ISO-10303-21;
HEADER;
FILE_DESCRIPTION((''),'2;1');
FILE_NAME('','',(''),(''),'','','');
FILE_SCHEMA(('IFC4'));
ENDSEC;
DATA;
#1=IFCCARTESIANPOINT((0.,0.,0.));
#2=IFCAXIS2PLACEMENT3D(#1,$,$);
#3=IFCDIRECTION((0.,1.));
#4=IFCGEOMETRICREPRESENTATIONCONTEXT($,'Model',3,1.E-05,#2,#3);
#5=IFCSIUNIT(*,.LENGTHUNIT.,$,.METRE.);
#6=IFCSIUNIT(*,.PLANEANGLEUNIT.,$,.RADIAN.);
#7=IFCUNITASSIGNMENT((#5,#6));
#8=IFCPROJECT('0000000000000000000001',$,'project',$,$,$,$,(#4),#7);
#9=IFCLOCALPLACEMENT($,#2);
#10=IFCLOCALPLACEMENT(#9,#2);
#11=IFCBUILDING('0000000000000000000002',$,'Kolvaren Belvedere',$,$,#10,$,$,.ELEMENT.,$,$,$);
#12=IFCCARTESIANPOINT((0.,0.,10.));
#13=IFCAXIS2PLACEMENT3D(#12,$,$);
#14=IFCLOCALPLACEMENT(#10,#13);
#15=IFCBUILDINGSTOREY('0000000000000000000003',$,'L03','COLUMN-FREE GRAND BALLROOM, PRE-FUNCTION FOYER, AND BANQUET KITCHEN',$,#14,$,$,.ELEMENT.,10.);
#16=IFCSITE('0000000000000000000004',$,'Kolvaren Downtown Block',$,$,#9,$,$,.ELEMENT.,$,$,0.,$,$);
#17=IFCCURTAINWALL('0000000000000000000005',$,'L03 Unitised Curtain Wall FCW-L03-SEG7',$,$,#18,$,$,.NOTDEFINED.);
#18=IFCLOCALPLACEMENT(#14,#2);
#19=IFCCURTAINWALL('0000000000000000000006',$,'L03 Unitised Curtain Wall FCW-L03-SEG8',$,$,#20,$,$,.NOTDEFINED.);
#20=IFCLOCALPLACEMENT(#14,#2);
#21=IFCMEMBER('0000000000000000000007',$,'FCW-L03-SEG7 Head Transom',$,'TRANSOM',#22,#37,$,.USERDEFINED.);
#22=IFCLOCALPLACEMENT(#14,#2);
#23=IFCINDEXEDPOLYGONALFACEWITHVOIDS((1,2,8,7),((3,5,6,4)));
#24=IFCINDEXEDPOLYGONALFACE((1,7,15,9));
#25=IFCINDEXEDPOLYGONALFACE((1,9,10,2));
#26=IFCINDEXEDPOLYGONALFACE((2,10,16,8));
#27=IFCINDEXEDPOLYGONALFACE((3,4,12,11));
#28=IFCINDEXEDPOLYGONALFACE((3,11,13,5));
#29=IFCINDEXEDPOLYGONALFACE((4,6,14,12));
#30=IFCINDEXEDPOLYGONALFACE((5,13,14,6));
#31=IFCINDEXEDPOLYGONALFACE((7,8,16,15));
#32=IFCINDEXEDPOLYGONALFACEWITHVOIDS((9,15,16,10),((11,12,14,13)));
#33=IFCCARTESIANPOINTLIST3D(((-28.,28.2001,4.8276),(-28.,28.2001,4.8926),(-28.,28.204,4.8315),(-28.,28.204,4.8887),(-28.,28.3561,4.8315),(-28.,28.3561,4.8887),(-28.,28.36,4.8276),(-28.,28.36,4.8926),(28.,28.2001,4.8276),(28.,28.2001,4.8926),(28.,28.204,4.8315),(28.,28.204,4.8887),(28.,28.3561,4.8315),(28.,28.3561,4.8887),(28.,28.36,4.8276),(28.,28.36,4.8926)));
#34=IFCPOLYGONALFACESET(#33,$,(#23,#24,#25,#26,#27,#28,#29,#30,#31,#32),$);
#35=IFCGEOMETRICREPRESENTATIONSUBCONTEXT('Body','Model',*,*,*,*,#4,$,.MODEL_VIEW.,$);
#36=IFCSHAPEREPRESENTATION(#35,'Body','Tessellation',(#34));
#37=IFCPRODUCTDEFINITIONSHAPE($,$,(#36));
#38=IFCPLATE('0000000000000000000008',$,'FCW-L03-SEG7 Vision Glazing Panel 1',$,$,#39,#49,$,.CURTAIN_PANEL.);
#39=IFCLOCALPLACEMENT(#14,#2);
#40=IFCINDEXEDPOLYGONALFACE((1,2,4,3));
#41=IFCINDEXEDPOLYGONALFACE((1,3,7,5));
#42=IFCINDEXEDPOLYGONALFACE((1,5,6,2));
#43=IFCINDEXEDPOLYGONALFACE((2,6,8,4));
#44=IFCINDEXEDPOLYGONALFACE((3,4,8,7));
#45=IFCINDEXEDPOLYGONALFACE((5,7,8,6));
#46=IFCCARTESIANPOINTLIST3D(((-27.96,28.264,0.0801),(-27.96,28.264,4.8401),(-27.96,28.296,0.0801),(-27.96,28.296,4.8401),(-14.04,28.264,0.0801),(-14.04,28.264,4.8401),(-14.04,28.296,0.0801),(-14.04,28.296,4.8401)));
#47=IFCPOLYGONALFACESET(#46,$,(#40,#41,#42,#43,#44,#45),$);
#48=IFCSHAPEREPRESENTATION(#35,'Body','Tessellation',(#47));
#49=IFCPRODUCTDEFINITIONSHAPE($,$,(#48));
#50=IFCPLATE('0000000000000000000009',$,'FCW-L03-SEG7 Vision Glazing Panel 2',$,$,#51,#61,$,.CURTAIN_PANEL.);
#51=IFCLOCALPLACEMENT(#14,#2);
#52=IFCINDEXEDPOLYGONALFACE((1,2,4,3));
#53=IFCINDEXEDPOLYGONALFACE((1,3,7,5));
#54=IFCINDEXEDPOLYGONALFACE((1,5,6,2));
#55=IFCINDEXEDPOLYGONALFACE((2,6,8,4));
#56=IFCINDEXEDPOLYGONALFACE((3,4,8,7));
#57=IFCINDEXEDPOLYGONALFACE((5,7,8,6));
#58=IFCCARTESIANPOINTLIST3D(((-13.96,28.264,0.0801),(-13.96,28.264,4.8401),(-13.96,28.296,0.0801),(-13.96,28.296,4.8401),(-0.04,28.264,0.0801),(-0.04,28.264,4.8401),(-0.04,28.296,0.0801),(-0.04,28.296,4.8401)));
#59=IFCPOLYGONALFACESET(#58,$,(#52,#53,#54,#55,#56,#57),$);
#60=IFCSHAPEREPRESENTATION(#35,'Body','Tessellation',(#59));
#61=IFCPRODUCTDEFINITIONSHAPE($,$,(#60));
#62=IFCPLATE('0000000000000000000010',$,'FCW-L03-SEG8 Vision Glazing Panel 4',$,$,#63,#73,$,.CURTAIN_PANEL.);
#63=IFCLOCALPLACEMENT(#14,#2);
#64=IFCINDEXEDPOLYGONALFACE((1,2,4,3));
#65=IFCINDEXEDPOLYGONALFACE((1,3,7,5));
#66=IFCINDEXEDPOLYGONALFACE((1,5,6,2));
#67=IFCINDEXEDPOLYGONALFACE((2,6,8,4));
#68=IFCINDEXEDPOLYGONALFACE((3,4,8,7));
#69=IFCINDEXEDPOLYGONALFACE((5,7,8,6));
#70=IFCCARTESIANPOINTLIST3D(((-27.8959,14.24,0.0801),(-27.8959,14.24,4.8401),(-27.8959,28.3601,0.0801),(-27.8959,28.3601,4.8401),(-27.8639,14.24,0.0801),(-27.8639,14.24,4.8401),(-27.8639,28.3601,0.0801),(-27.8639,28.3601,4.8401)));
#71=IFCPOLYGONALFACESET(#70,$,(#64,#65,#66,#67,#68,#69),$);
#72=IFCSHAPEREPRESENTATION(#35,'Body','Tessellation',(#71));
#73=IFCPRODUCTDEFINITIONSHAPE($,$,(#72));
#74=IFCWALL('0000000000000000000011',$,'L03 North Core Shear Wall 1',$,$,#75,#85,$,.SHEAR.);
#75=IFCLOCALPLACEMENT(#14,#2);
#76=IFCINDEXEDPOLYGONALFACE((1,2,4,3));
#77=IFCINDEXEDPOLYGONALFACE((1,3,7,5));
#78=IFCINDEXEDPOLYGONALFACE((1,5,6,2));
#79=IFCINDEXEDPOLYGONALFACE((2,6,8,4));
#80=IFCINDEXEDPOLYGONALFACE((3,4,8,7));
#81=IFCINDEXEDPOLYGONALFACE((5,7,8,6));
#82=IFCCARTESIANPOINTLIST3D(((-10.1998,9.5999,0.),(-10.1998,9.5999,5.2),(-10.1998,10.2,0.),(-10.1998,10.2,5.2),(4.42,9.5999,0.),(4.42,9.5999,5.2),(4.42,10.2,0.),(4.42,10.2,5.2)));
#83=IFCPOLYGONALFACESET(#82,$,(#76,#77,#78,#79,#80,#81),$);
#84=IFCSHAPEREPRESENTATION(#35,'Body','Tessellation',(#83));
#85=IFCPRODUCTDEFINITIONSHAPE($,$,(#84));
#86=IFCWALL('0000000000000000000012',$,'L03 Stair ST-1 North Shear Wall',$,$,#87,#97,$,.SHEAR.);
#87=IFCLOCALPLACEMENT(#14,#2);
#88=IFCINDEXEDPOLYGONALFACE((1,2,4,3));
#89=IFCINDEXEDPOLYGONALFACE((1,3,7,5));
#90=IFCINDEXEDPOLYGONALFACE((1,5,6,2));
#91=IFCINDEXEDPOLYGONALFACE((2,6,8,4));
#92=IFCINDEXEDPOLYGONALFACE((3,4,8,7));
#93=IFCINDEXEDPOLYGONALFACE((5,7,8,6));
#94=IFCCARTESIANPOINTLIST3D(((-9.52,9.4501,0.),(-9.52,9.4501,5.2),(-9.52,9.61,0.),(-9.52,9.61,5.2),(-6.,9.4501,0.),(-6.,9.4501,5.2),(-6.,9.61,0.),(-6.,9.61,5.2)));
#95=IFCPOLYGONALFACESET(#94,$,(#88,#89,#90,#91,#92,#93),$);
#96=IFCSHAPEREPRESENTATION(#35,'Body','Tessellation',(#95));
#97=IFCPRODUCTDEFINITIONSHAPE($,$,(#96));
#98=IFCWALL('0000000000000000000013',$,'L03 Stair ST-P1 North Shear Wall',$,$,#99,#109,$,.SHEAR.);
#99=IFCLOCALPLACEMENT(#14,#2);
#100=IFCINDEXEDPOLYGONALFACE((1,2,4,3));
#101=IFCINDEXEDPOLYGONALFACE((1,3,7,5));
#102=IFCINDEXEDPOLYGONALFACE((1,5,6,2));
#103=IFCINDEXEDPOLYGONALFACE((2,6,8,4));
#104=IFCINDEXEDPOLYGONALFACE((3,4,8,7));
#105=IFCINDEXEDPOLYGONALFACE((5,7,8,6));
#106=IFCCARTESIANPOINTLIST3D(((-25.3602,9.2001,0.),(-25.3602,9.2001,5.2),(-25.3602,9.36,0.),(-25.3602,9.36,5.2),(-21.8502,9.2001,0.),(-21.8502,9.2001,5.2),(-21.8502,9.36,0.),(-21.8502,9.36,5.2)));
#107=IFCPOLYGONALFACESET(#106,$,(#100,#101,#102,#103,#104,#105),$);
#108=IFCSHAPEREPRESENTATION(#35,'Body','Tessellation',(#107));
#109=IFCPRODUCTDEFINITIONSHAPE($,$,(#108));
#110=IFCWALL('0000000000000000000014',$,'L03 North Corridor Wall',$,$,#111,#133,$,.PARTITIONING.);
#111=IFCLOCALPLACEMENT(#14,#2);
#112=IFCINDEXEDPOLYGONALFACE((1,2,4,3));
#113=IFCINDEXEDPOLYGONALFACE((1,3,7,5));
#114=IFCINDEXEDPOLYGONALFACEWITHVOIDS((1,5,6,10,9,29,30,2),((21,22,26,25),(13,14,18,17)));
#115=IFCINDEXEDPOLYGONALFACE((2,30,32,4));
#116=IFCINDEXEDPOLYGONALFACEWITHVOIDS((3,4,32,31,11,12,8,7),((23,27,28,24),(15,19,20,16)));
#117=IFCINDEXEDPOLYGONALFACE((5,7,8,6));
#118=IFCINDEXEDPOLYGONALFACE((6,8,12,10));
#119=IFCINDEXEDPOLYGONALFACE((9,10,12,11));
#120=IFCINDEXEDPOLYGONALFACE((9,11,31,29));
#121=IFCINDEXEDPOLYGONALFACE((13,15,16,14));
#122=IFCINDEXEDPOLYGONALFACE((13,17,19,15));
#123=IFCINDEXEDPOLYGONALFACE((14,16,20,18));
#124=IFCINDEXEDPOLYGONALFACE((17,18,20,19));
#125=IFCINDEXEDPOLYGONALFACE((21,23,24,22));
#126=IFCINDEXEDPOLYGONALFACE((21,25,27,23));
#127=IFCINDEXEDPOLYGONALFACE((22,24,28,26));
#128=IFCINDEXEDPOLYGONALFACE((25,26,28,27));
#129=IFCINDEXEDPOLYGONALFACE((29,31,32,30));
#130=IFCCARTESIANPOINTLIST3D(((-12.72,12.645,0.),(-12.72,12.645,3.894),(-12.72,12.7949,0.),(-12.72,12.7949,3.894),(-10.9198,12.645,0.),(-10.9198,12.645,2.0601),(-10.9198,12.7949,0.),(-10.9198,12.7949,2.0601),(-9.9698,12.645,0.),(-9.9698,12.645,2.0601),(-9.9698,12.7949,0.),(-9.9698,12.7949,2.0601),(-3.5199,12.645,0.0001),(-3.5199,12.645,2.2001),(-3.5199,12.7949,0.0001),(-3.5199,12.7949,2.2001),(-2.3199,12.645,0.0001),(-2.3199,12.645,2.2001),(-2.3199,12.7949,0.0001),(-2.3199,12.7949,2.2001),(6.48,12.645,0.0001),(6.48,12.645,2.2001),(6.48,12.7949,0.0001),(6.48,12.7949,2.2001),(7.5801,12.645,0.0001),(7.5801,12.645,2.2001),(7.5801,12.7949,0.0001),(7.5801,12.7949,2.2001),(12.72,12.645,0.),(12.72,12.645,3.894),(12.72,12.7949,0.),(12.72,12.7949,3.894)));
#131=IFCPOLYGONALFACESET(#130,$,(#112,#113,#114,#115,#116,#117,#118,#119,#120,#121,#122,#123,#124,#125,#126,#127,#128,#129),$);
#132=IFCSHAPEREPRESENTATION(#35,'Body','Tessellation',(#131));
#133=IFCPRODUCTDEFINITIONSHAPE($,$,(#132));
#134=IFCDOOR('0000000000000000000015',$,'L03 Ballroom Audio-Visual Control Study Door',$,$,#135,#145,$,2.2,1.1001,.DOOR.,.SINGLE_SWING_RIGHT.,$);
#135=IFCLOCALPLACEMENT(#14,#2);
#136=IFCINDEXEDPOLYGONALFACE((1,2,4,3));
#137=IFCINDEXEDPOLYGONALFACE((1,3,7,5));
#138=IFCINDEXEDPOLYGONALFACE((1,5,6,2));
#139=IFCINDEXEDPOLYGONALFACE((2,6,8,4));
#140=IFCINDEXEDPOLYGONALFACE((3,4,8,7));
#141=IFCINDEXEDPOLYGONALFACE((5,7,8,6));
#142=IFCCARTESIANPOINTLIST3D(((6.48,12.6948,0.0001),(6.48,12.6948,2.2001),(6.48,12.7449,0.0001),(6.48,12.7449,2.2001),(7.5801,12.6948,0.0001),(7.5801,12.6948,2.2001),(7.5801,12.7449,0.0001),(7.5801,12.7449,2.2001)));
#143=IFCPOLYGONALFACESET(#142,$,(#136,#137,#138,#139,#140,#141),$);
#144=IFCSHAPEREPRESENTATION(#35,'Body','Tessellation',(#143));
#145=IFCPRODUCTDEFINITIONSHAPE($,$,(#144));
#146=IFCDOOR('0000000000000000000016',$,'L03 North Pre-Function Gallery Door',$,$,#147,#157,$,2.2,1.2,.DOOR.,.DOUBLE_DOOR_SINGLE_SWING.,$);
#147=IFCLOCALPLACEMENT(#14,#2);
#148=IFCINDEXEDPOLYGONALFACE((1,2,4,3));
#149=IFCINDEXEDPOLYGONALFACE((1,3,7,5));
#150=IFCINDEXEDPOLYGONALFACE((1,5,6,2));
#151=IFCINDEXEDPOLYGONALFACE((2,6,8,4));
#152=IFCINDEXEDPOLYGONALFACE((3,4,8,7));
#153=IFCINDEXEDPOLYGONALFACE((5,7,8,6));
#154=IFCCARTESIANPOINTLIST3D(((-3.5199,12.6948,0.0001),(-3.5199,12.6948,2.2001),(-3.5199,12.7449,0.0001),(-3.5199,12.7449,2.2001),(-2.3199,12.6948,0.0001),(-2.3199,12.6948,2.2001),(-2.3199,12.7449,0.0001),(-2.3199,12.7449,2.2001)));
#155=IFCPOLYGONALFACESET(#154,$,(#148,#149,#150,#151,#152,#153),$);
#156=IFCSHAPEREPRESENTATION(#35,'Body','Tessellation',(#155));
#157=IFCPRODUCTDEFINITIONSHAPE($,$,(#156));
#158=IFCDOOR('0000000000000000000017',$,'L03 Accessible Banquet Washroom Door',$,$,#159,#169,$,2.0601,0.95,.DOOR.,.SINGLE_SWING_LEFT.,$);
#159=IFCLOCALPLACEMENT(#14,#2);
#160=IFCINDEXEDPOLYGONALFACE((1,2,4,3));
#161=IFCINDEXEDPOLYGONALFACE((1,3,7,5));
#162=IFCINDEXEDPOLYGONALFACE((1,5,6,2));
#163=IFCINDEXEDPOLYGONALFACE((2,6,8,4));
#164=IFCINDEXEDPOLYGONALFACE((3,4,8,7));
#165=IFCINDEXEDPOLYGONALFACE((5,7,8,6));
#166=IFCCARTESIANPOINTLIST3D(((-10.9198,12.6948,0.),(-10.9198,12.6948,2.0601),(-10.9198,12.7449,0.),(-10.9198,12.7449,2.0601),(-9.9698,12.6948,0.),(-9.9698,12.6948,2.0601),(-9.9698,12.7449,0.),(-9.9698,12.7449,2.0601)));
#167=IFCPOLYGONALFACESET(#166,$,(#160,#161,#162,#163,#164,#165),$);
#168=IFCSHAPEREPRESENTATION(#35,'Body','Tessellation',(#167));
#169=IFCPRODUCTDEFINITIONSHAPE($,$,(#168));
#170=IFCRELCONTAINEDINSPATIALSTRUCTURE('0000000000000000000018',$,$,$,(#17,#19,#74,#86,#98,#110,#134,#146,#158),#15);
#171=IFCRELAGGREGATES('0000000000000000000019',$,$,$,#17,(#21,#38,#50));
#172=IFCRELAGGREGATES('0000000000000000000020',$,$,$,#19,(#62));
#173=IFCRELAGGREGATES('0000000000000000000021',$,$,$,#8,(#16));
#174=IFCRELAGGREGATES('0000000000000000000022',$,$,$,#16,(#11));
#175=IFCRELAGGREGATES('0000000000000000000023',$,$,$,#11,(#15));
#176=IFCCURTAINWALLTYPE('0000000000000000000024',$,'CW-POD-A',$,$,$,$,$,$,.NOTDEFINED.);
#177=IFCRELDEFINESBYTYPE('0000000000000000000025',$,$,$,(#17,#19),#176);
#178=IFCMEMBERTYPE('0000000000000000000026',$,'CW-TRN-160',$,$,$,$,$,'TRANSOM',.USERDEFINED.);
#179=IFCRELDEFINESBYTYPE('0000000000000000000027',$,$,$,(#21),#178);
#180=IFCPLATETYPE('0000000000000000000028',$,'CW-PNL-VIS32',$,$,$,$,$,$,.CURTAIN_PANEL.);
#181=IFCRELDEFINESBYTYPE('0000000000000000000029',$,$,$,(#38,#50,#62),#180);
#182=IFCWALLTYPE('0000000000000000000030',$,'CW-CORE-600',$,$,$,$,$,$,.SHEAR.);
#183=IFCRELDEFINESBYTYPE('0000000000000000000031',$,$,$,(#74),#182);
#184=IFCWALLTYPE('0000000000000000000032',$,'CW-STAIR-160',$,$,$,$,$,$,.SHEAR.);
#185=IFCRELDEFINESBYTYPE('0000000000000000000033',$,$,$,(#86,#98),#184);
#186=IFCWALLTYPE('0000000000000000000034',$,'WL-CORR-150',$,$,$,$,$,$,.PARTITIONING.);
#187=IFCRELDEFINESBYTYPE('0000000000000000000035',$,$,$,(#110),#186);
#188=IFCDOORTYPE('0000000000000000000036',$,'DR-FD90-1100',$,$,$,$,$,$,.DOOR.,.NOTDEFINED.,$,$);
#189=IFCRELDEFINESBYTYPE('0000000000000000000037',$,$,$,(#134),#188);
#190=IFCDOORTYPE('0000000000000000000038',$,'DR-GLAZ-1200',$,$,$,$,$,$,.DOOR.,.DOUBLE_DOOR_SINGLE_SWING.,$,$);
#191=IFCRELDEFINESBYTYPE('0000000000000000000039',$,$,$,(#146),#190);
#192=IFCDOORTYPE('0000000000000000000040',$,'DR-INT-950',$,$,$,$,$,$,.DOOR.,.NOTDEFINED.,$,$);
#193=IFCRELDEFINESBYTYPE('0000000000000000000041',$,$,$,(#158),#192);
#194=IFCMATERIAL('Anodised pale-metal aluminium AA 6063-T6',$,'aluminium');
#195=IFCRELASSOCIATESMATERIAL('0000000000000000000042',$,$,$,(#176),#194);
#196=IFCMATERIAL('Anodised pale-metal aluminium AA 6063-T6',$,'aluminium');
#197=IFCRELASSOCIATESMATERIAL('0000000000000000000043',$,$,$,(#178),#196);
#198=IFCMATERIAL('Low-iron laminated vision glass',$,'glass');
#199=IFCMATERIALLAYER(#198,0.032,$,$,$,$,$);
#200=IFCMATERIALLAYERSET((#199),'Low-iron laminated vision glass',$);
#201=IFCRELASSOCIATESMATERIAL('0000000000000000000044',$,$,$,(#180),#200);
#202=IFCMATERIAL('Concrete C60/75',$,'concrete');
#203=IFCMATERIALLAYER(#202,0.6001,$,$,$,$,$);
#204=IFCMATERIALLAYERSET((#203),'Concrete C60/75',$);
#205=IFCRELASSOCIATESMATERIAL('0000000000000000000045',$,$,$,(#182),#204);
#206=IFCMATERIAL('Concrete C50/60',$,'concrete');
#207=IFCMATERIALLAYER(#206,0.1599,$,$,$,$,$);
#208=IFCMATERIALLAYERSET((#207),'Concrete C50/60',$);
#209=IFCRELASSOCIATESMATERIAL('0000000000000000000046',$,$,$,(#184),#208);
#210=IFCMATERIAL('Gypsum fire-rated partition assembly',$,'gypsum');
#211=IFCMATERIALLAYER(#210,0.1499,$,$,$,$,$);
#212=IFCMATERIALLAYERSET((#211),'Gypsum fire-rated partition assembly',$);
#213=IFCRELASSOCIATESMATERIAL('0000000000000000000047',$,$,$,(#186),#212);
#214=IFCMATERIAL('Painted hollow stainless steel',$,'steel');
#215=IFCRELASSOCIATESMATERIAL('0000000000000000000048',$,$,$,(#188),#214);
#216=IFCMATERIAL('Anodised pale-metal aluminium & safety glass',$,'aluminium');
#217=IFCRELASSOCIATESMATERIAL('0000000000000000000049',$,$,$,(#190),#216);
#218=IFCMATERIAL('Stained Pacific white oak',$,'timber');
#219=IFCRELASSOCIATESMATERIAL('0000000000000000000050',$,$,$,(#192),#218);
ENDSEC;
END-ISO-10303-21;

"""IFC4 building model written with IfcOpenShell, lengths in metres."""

from ifc_helpers import new_model, si_unit, direction, frame, frame_2d, origin, origin_2d, place, context, subcontext, project, spatial, rectangle, hollow_rectangle, extrude, material, layer, layer_set, material_profile, profile_set, type_object, element, fill, aggregate, save


model = new_model("IFC4")

# Units and contexts
model_context = context("Model", 3, precision=1e-05, world=origin(), true_north=direction((0.0, 1.0)))
body_context = subcontext(model_context, "Body", "Model", "MODEL_VIEW")
ifc_project = project(units=[si_unit("LENGTHUNIT", "METRE"), si_unit("PLANEANGLEUNIT", "RADIAN")], contexts=[model_context])

# Site, building, storey
site_placement = place(None, origin())
site = spatial("IfcSite", under=ifc_project, at=site_placement, Name="Kolvaren Downtown Block", CompositionType="ELEMENT", RefElevation=0.0)
building_placement = place(site_placement, origin())
building = spatial("IfcBuilding", under=site, at=building_placement, Name="Kolvaren Belvedere", CompositionType="ELEMENT")
storey_placement = place(building_placement, frame((0.0, 0.0, 10.0)))
storey = spatial("IfcBuildingStorey", under=building, at=storey_placement, Name="L03", Description="COLUMN-FREE GRAND BALLROOM, PRE-FUNCTION FOYER, AND BANQUET KITCHEN", CompositionType="ELEMENT", Elevation=10.0)

# Curtain walls
ifc_material_1 = material(Name="Anodised pale-metal aluminium AA 6063-T6", Category="aluminium")
curtain_wall_type = type_object("IfcCurtainWallType", Name="CW-POD-A", PredefinedType="NOTDEFINED", material=ifc_material_1)
curtain_wall_1_placement = place(storey_placement, origin())
curtain_wall_1 = element("IfcCurtainWall", 1, at=curtain_wall_1_placement, inside=storey, type_object=curtain_wall_type, Name="L03 Unitised Curtain Wall FCW-L03-SEG7", PredefinedType="NOTDEFINED")
curtain_wall_2_placement = place(storey_placement, origin())
curtain_wall_2 = element("IfcCurtainWall", 2, at=curtain_wall_2_placement, inside=storey, type_object=curtain_wall_type, Name="L03 Unitised Curtain Wall FCW-L03-SEG8", PredefinedType="NOTDEFINED")

# Member
ifc_material_2 = material(Name="Anodised pale-metal aluminium AA 6063-T6", Category="aluminium")
ifc_material_profile_1 = material_profile(ifc_material_2, hollow_rectangle(XDim=0.0649, YDim=0.1599, WallThickness=0.0039, at=origin_2d()), Name="ALU-TRN-160X65")
ifc_profile_set_1 = profile_set([ifc_material_profile_1], Name="Anodised pale-metal aluminium AA 6063-T6")
member_type_1 = type_object("IfcMemberType", Name="CW-TRN-160", ElementType="TRANSOM", PredefinedType="USERDEFINED", material=ifc_profile_set_1)
member_1_placement = place(storey_placement, frame((-28.0, 28.28, 4.8601), z_axis=(1.0, 0.0, 0.0), x_axis=(0.0, 0.0, 1.0)))
member_1 = element("IfcMember", 3, at=member_1_placement, type_object=member_type_1, Name="FCW-L03-SEG7 Head Transom", ObjectType="TRANSOM", PredefinedType="USERDEFINED", context=body_context, shape_type="SweptSolid", body=[
    extrude(hollow_rectangle(XDim=0.0649, YDim=0.1599, WallThickness=0.0039, at=origin_2d()), origin(), (0.0, 0.0, 1.0), 56.0),
])

# Plates
ifc_material_3 = material(Name="Low-iron laminated vision glass", Category="glass")
ifc_layer_1 = layer(ifc_material_3, 0.032)
ifc_layer_set_1 = layer_set([ifc_layer_1], Name="Low-iron laminated vision glass")
plate_type = type_object("IfcPlateType", Name="CW-PNL-VIS32", PredefinedType="CURTAIN_PANEL", material=ifc_layer_set_1)
plate_1_placement = place(storey_placement, frame((-21.0, 28.28, 0.0801), z_axis=(0.0, 0.0, 1.0), x_axis=(1.0, 0.0, 0.0)))
plate_1 = element("IfcPlate", 4, at=plate_1_placement, type_object=plate_type, Name="FCW-L03-SEG7 Vision Glazing Panel 1", PredefinedType="CURTAIN_PANEL", context=body_context, shape_type="SweptSolid", body=[
    extrude(rectangle(XDim=13.9199, YDim=0.032, at=origin_2d()), origin(), (0.0, 0.0, 1.0), 4.76),
])
plate_2_placement = place(storey_placement, frame((-7.0, 28.28, 0.0801), z_axis=(0.0, 0.0, 1.0), x_axis=(1.0, 0.0, 0.0)))
plate_2 = element("IfcPlate", 5, at=plate_2_placement, type_object=plate_type, Name="FCW-L03-SEG7 Vision Glazing Panel 2", PredefinedType="CURTAIN_PANEL", context=body_context, shape_type="SweptSolid", body=[
    extrude(rectangle(XDim=13.9199, YDim=0.032, at=origin_2d()), origin(), (0.0, 0.0, 1.0), 4.76),
])
aggregate(curtain_wall_1, [member_1, plate_1, plate_2])
plate_3_placement = place(storey_placement, frame((-27.8799, 21.3, 0.0801), z_axis=(0.0, 0.0, 1.0), x_axis=(0.0, 1.0, 0.0)))
plate_3 = element("IfcPlate", 6, at=plate_3_placement, type_object=plate_type, Name="FCW-L03-SEG8 Vision Glazing Panel 4", PredefinedType="CURTAIN_PANEL", context=body_context, shape_type="SweptSolid", body=[
    extrude(rectangle(XDim=14.1201, YDim=0.032, at=origin_2d()), origin(), (0.0, 0.0, 1.0), 4.76),
])
aggregate(curtain_wall_2, [plate_3])

# Walls
ifc_material_4 = material(Name="Concrete C60/75", Category="concrete")
ifc_layer_2 = layer(ifc_material_4, 0.6001)
ifc_layer_set_2 = layer_set([ifc_layer_2], Name="Concrete C60/75")
wall_type_1 = type_object("IfcWallType", Name="CW-CORE-600", PredefinedType="SHEAR", material=ifc_layer_set_2)
wall_1_placement = place(storey_placement, frame((-10.2, 9.8999, 0.0), z_axis=(0.0, 0.0, 1.0), x_axis=(1.0, 0.0, 0.0)))
element("IfcWall", 7, at=wall_1_placement, inside=storey, type_object=wall_type_1, Name="L03 North Core Shear Wall 1", PredefinedType="SHEAR", context=body_context, shape_type="SweptSolid", body=[
    extrude(rectangle(XDim=14.6199, YDim=0.6001, at=frame_2d((7.3101, 0.0))), origin(), (0.0, 0.0, 1.0), 5.2),
])
ifc_material_5 = material(Name="Concrete C50/60", Category="concrete")
ifc_layer_3 = layer(ifc_material_5, 0.1599)
ifc_layer_set_3 = layer_set([ifc_layer_3], Name="Concrete C50/60")
wall_type_2 = type_object("IfcWallType", Name="CW-STAIR-160", PredefinedType="SHEAR", material=ifc_layer_set_3)
wall_2_placement = place(storey_placement, frame((-9.52, 9.53, 0.0), z_axis=(0.0, 0.0, 1.0), x_axis=(1.0, 0.0, 0.0)))
element("IfcWall", 8, at=wall_2_placement, inside=storey, type_object=wall_type_2, Name="L03 Stair ST-1 North Shear Wall", PredefinedType="SHEAR", context=body_context, shape_type="SweptSolid", body=[
    extrude(rectangle(XDim=3.52, YDim=0.1599, at=frame_2d((1.76, 0.0))), origin(), (0.0, 0.0, 1.0), 5.2),
])
wall_3_placement = place(storey_placement, frame((-25.3601, 9.28, 0.0), z_axis=(0.0, 0.0, 1.0), x_axis=(1.0, 0.0, 0.0)))
element("IfcWall", 9, at=wall_3_placement, inside=storey, type_object=wall_type_2, Name="L03 Stair ST-P1 North Shear Wall", PredefinedType="SHEAR", context=body_context, shape_type="SweptSolid", body=[
    extrude(rectangle(XDim=3.51, YDim=0.1599, at=frame_2d((1.7549, 0.0))), origin(), (0.0, 0.0, 1.0), 5.2),
])

# Wall, openings, doors
ifc_material_6 = material(Name="Gypsum fire-rated partition assembly", Category="gypsum")
ifc_layer_4 = layer(ifc_material_6, 0.1499)
ifc_layer_set_4 = layer_set([ifc_layer_4], Name="Gypsum fire-rated partition assembly")
wall_type_3 = type_object("IfcWallType", Name="WL-CORR-150", PredefinedType="PARTITIONING", material=ifc_layer_set_4)
wall_4_placement = place(storey_placement, frame((-12.72, 12.72, 0.0), z_axis=(0.0, 0.0, 1.0), x_axis=(1.0, 0.0, 0.0)))
wall_4 = element("IfcWall", 10, at=wall_4_placement, inside=storey, type_object=wall_type_3, Name="L03 North Corridor Wall", PredefinedType="PARTITIONING", context=body_context, shape_type="SweptSolid", body=[
    extrude(rectangle(XDim=25.4399, YDim=0.1499, at=frame_2d((12.72, 0.0))), origin(), (0.0, 0.0, 1.0), 3.894),
])
opening_1_placement = place(wall_4_placement, frame((1.8, 0.0, 0.0)))
opening_1 = element("IfcOpeningElement", 11, at=opening_1_placement, cuts=wall_4, PredefinedType="OPENING", context=body_context, shape_type="SweptSolid", body=[
    extrude(rectangle(XDim=0.95, YDim=2.0601, at=frame_2d((0.4751, 1.03))), frame((0.0, 0.085, 0.0), z_axis=(0.0, -1.0, 0.0), x_axis=(1.0, 0.0, 0.0)), (0.0, 0.0, 1.0), 0.1699),
])
opening_2_placement = place(wall_4_placement, frame((9.2, 0.0, 0.0)))
opening_2 = element("IfcOpeningElement", 12, at=opening_2_placement, cuts=wall_4, PredefinedType="OPENING", context=body_context, shape_type="SweptSolid", body=[
    extrude(rectangle(XDim=1.2, YDim=2.2, at=frame_2d((0.6001, 1.1001))), frame((0.0, 0.085, 0.0), z_axis=(0.0, -1.0, 0.0), x_axis=(1.0, 0.0, 0.0)), (0.0, 0.0, 1.0), 0.1699),
])
opening_3_placement = place(wall_4_placement, frame((19.2, 0.0, 0.0)))
opening_3 = element("IfcOpeningElement", 13, at=opening_3_placement, cuts=wall_4, PredefinedType="OPENING", context=body_context, shape_type="SweptSolid", body=[
    extrude(rectangle(XDim=1.1001, YDim=2.2, at=frame_2d((0.55, 1.1001))), frame((0.0, 0.085, 0.0), z_axis=(0.0, -1.0, 0.0), x_axis=(1.0, 0.0, 0.0)), (0.0, 0.0, 1.0), 0.1699),
])
ifc_material_7 = material(Name="Painted hollow stainless steel", Category="steel")
door_type_1 = type_object("IfcDoorType", Name="DR-FD90-1100", OperationType="NOTDEFINED", PredefinedType="DOOR", material=ifc_material_7)
door_1_placement = place(opening_3_placement, origin())
door_1 = element("IfcDoor", 14, at=door_1_placement, inside=storey, type_object=door_type_1, Name="L03 Ballroom Audio-Visual Control Study Door", OperationType="SINGLE_SWING_RIGHT", OverallHeight=2.2, OverallWidth=1.1001, PredefinedType="DOOR", context=body_context, shape_type="SweptSolid", body=[
    extrude(rectangle(XDim=1.1001, YDim=2.2, at=frame_2d((0.55, 1.1001))), frame((0.0, 0.0249, 0.0), z_axis=(0.0, -1.0, 0.0), x_axis=(1.0, 0.0, 0.0)), (0.0, 0.0, 1.0), 0.05),
])
fill(opening_3, door_1)
ifc_material_8 = material(Name="Anodised pale-metal aluminium & safety glass", Category="aluminium")
door_type_2 = type_object("IfcDoorType", Name="DR-GLAZ-1200", OperationType="DOUBLE_DOOR_SINGLE_SWING", PredefinedType="DOOR", material=ifc_material_8)
door_2_placement = place(opening_2_placement, origin())
door_2 = element("IfcDoor", 15, at=door_2_placement, inside=storey, type_object=door_type_2, Name="L03 North Pre-Function Gallery Door", OperationType="DOUBLE_DOOR_SINGLE_SWING", OverallHeight=2.2, OverallWidth=1.2, PredefinedType="DOOR", context=body_context, shape_type="SweptSolid", body=[
    extrude(rectangle(XDim=1.2, YDim=2.2, at=frame_2d((0.6001, 1.1001))), frame((0.0, 0.0249, 0.0), z_axis=(0.0, -1.0, 0.0), x_axis=(1.0, 0.0, 0.0)), (0.0, 0.0, 1.0), 0.05),
])
fill(opening_2, door_2)
ifc_material_9 = material(Name="Stained Pacific white oak", Category="timber")
door_type_3 = type_object("IfcDoorType", Name="DR-INT-950", OperationType="NOTDEFINED", PredefinedType="DOOR", material=ifc_material_9)
door_3_placement = place(opening_1_placement, origin())
door_3 = element("IfcDoor", 16, at=door_3_placement, inside=storey, type_object=door_type_3, Name="L03 Accessible Banquet Washroom Door", OperationType="SINGLE_SWING_LEFT", OverallHeight=2.0601, OverallWidth=0.95, PredefinedType="DOOR", context=body_context, shape_type="SweptSolid", body=[
    extrude(rectangle(XDim=0.95, YDim=2.0601, at=frame_2d((0.4751, 1.03))), frame((0.0, 0.0249, 0.0), z_axis=(0.0, -1.0, 0.0), x_axis=(1.0, 0.0, 0.0)), (0.0, 0.0, 1.0), 0.05),
])
fill(opening_1, door_3)

save(model, "model.ifc")
